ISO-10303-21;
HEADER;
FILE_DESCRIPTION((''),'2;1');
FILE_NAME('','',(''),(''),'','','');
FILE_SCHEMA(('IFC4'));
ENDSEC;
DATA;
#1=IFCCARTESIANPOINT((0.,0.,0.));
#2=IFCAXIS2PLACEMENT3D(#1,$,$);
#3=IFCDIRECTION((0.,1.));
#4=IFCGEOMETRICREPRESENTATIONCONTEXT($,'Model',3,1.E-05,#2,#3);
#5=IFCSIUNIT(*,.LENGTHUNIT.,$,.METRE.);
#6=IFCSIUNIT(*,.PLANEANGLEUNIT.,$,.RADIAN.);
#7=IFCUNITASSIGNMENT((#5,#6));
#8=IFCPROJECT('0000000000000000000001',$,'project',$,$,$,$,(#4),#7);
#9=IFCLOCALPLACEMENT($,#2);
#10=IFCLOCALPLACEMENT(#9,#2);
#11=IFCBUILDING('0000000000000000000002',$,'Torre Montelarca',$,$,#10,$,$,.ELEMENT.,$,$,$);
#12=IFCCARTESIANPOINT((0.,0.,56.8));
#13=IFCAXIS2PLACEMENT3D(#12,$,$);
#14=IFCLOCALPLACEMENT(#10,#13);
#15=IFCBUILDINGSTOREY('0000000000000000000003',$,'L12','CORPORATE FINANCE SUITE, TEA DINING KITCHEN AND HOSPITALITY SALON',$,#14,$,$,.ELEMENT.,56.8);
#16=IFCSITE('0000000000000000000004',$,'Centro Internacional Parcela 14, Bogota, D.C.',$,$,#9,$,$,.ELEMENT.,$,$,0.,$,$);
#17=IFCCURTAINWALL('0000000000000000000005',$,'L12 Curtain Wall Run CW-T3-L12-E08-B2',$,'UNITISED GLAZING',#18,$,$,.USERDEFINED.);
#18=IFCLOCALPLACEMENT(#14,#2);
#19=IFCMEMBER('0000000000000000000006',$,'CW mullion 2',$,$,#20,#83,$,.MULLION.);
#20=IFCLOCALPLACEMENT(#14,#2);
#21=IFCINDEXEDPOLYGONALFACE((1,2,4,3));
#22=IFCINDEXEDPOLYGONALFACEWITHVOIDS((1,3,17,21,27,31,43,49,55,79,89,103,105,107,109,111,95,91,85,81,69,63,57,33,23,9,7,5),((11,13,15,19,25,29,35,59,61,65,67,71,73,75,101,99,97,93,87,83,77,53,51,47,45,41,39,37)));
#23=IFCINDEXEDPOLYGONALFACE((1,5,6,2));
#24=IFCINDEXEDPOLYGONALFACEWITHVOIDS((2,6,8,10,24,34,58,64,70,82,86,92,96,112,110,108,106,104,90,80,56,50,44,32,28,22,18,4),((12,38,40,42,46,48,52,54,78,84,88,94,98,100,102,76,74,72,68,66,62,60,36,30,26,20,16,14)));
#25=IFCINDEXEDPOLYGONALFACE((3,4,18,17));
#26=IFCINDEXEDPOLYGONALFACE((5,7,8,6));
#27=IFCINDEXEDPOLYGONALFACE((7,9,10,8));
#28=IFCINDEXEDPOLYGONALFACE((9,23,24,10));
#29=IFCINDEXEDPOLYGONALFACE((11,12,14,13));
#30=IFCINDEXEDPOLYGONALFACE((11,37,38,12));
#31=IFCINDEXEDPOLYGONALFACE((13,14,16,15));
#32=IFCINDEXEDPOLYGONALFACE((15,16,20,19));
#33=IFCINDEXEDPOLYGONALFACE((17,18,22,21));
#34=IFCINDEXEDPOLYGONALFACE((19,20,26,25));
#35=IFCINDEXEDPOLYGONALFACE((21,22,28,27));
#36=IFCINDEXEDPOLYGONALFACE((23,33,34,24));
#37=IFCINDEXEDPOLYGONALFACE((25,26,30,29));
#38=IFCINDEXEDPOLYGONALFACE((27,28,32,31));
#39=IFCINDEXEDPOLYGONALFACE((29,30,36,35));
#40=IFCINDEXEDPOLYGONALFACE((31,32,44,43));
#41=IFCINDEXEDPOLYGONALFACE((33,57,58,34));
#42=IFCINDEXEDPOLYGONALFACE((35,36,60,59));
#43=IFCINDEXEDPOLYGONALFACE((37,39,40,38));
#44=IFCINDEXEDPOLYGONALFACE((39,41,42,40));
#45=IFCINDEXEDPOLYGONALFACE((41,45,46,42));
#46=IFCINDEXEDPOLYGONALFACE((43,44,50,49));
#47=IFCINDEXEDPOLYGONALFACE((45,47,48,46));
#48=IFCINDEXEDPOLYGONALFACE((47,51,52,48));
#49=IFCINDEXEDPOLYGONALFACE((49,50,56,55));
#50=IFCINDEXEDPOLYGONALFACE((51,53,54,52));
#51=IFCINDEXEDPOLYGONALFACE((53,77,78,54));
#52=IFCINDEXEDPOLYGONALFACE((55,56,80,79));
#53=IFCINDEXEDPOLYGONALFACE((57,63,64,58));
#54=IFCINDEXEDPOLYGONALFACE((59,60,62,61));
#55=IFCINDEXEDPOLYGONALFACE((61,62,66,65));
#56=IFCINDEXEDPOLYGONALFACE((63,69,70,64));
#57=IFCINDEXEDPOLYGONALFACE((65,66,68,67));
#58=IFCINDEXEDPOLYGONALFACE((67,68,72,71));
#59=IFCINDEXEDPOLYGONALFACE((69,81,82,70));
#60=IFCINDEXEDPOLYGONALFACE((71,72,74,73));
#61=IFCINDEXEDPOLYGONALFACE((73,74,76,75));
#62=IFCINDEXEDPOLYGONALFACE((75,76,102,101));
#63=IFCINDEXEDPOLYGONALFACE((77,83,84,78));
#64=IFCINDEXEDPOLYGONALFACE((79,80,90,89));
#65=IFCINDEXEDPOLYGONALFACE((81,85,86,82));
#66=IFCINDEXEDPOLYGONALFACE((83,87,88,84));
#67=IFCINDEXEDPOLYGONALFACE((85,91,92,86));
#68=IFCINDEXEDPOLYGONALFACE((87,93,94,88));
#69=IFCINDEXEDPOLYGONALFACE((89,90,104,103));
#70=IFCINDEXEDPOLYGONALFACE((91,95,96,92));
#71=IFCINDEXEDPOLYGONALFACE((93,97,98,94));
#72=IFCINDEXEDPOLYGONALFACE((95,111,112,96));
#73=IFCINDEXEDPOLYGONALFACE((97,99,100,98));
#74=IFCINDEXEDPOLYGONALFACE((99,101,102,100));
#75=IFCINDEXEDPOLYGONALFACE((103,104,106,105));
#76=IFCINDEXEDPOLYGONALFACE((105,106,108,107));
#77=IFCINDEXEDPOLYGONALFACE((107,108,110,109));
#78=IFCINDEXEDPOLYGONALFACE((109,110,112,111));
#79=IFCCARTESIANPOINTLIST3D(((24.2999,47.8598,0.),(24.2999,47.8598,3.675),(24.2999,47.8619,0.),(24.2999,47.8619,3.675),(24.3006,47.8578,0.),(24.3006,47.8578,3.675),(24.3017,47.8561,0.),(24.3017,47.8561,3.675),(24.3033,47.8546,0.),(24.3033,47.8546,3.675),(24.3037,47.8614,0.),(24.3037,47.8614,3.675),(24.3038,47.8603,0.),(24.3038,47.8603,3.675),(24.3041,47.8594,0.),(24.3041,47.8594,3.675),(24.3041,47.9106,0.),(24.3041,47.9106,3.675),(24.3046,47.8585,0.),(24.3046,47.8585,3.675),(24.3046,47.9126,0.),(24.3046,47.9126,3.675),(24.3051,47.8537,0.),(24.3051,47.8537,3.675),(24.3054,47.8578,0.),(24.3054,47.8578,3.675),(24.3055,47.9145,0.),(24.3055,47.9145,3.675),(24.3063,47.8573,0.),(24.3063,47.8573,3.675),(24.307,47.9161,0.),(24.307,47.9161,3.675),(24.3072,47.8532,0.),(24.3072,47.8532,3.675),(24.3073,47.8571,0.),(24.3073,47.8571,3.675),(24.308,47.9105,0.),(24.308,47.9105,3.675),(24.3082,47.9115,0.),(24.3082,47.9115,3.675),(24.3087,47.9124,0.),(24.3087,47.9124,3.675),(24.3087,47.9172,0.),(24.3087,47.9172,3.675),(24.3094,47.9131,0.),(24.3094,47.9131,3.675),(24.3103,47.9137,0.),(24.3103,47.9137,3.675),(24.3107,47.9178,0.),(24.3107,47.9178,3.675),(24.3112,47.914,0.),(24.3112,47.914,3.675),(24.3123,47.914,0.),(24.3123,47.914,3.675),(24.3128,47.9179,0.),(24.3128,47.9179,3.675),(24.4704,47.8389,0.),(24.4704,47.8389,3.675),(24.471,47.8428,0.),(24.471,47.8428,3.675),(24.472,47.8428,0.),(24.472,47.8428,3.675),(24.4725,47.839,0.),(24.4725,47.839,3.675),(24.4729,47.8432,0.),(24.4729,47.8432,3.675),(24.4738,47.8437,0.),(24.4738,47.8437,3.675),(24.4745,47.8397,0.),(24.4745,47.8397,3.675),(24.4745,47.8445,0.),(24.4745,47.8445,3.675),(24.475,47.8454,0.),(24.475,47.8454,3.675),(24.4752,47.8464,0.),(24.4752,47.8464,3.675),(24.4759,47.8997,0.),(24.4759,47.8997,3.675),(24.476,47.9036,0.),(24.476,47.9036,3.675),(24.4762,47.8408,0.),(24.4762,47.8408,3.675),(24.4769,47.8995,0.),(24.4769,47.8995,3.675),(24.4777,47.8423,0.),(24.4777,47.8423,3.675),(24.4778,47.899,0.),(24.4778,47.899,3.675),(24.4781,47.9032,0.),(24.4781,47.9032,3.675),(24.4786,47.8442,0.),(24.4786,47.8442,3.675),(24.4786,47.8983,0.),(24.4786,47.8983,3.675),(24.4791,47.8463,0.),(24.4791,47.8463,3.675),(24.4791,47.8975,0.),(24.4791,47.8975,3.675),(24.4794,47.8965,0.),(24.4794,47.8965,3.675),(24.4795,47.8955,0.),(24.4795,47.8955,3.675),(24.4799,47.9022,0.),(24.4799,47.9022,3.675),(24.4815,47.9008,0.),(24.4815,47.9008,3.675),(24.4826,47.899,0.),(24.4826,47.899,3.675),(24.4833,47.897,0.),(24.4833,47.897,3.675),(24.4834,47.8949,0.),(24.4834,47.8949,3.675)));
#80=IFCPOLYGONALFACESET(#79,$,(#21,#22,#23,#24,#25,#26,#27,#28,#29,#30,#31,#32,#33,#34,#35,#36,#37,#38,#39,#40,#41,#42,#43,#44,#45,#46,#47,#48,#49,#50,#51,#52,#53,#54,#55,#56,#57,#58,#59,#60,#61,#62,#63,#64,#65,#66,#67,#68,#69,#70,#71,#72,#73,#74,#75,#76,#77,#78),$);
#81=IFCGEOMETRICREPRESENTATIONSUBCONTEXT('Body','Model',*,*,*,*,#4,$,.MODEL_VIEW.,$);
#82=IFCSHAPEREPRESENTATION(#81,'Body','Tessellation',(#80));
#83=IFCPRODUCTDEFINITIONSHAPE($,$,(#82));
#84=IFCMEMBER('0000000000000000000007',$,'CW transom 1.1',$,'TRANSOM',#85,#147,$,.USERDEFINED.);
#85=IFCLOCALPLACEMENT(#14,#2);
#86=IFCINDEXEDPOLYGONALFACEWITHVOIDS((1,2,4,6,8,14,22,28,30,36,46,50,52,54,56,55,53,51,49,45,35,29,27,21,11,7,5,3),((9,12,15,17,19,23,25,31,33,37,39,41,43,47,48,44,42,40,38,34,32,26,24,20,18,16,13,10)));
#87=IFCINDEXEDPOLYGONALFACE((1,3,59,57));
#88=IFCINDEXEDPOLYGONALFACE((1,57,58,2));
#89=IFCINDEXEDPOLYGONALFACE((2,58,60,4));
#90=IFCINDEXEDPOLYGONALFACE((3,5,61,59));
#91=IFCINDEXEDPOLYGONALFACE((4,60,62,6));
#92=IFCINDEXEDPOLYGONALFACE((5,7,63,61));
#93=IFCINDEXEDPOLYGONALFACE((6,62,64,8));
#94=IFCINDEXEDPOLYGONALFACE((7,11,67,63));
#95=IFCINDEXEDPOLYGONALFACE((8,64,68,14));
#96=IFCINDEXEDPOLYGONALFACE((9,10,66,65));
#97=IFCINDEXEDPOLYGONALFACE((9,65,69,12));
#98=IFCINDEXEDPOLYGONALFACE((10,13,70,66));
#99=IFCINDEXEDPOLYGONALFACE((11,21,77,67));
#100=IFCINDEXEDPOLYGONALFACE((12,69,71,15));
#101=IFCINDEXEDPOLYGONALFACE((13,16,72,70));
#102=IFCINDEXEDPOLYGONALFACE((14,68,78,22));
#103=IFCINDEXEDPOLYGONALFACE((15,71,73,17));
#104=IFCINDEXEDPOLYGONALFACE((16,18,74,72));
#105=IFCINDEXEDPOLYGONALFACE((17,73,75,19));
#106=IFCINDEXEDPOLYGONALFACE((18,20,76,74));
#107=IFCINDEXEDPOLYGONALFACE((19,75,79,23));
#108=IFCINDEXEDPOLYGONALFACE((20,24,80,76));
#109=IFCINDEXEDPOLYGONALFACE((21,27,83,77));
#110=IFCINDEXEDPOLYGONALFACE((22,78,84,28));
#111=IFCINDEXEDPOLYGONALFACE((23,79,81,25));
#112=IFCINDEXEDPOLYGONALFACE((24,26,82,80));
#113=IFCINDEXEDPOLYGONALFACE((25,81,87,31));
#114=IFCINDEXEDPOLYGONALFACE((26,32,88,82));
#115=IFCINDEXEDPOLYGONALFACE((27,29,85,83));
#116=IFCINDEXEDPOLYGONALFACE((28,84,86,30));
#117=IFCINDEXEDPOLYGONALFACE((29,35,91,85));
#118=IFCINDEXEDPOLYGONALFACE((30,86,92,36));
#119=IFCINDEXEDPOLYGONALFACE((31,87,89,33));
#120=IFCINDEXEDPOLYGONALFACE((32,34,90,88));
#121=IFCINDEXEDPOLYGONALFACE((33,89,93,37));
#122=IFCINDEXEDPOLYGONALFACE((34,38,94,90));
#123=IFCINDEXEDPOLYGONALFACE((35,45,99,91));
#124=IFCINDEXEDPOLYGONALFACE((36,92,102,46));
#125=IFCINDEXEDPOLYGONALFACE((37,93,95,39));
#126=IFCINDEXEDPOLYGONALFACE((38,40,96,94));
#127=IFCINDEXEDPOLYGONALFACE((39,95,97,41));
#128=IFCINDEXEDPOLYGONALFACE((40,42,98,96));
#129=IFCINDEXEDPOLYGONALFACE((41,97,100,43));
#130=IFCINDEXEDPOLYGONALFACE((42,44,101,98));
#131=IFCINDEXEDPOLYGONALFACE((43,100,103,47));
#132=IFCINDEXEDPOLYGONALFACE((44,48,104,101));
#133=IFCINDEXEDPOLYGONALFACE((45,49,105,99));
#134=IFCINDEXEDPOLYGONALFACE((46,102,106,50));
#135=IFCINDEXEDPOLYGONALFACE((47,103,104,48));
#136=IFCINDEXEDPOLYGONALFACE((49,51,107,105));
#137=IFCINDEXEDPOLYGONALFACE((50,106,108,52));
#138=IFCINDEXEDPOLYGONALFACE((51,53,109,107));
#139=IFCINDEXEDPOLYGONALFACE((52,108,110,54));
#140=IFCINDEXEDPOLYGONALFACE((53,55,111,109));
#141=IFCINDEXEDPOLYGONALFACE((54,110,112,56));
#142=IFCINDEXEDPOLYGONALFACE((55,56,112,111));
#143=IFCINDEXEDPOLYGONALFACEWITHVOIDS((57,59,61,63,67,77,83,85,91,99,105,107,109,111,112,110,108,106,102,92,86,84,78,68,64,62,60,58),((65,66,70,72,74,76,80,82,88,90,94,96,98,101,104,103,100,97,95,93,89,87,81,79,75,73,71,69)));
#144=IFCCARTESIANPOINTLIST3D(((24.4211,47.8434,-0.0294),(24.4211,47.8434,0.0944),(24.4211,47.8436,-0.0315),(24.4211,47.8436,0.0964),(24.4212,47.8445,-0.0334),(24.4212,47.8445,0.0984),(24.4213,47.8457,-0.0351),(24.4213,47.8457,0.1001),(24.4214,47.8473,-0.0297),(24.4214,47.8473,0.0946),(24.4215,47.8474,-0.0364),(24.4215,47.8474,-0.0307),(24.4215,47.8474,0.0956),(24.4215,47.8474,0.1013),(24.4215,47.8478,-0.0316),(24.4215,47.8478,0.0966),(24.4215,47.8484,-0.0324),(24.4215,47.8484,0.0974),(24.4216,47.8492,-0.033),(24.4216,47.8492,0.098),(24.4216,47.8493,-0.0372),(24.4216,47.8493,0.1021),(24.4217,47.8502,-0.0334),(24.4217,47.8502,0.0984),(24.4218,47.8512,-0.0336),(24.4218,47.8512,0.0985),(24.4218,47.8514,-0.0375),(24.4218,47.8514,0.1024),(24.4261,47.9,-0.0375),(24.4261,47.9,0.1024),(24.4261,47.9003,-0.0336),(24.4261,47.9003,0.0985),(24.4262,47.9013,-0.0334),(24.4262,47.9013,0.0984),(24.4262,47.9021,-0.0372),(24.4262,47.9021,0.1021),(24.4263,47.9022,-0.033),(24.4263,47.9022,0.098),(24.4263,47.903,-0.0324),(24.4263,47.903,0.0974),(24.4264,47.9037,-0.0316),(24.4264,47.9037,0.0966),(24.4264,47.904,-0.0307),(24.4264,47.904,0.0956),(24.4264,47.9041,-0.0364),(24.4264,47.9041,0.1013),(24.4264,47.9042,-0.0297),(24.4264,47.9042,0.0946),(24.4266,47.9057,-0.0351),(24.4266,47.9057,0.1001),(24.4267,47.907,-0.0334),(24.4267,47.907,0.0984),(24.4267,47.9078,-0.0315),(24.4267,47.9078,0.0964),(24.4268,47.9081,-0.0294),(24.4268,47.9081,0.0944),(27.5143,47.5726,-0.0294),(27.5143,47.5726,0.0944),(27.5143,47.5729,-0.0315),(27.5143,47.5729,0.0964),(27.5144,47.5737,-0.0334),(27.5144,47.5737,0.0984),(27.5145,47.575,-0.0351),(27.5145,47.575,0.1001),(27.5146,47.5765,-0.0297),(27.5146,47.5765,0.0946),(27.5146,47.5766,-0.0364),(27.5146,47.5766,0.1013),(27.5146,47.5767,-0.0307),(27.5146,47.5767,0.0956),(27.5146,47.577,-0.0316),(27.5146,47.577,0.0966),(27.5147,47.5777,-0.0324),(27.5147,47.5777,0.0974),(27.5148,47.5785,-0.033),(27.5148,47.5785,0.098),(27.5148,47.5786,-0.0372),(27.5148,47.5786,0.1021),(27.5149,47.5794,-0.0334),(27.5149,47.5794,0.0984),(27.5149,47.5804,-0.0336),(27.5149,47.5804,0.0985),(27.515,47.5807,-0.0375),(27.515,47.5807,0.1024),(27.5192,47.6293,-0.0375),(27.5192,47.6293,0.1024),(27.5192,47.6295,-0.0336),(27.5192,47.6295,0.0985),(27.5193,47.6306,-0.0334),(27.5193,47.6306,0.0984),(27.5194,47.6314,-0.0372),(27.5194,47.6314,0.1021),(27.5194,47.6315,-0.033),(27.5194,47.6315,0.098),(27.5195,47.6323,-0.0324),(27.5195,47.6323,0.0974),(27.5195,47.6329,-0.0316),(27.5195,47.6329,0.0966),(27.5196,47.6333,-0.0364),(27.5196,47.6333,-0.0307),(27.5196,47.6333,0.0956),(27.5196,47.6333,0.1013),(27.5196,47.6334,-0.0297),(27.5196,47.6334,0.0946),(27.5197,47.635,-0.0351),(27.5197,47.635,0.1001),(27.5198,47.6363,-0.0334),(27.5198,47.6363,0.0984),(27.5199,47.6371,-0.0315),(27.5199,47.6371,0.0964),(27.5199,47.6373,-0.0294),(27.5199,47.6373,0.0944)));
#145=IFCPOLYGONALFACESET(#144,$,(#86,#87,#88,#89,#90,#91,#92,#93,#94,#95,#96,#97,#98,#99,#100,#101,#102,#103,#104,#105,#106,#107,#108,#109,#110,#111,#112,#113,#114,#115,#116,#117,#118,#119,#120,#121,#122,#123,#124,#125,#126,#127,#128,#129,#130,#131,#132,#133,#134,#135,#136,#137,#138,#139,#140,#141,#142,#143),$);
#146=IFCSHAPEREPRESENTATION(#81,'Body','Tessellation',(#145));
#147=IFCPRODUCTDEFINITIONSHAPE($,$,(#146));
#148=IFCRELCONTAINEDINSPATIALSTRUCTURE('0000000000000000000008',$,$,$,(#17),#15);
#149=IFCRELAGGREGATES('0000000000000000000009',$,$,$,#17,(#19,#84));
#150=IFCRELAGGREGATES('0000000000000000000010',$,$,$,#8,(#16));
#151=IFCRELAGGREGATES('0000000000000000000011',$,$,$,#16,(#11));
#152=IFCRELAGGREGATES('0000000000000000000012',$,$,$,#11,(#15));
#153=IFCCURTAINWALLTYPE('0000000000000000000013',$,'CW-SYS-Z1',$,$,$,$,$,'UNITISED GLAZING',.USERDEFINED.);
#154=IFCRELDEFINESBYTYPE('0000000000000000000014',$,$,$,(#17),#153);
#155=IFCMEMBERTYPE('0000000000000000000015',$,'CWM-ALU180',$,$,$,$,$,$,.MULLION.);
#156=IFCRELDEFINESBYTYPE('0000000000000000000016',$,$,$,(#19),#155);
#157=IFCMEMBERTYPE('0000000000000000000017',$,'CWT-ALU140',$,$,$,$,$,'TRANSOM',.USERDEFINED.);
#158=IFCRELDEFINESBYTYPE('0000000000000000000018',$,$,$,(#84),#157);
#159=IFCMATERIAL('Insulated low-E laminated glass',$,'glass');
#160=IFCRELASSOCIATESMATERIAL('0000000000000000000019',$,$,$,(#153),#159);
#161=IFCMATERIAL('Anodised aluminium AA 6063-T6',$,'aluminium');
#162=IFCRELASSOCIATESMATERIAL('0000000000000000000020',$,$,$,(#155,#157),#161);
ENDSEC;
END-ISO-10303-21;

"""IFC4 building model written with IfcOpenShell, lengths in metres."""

from ifc_helpers import new_model, si_unit, direction, frame, origin, origin_2d, place, context, subcontext, project, spatial, hollow_rectangle, extrude, source, transform, mapped, material, material_profile, profile_set, type_object, element, aggregate, save


model = new_model("IFC4")

# Units and contexts
model_context = context("Model", 3, precision=1e-05, world=origin(), true_north=direction((0.0, 1.0)))
body_context = subcontext(model_context, "Body", "Model", "MODEL_VIEW")
ifc_project = project(units=[si_unit("LENGTHUNIT", "METRE"), si_unit("PLANEANGLEUNIT", "RADIAN")], contexts=[model_context])

# Site, building, storey
site_placement = place(None, origin())
site = spatial("IfcSite", under=ifc_project, at=site_placement, Name="Centro Internacional Parcela 14, Bogota, D.C.", CompositionType="ELEMENT", RefElevation=0.0)
building_placement = place(site_placement, origin())
building = spatial("IfcBuilding", under=site, at=building_placement, Name="Torre Montelarca", CompositionType="ELEMENT")
storey_placement = place(building_placement, frame((0.0, 0.0, 56.8)))
storey = spatial("IfcBuildingStorey", under=building, at=storey_placement, Name="L12", Description="CORPORATE FINANCE SUITE, TEA DINING KITCHEN AND HOSPITALITY SALON", CompositionType="ELEMENT", Elevation=56.8)

# Curtain wall, members
ifc_material_1 = material(Name="Insulated low-E laminated glass", Category="glass")
curtain_wall_type = type_object("IfcCurtainWallType", Name="CW-SYS-Z1", ElementType="UNITISED GLAZING", PredefinedType="USERDEFINED", material=ifc_material_1)
ifc_material_2 = material(Name="Anodised aluminium AA 6063-T6", Category="aluminium")
ifc_material_profile_1 = material_profile(ifc_material_2, hollow_rectangle(XDim=0.0649, YDim=0.1799, WallThickness=0.0039, InnerFilletRadius=0.0039, OuterFilletRadius=0.0081, at=origin_2d()), Name="ALU65X180X4", Category="aluminium")
ifc_profile_set_1 = profile_set([ifc_material_profile_1], Name="Anodised aluminium AA 6063-T6")
member_type_1 = type_object("IfcMemberType", Name="CWM-ALU180", PredefinedType="MULLION", material=ifc_profile_set_1)
shared_shape_1 = source(origin(), body_context, "Body", "SweptSolid", [
    extrude(hollow_rectangle(XDim=0.0649, YDim=0.1799, WallThickness=0.0039, InnerFilletRadius=0.0039, OuterFilletRadius=0.0081, at=origin_2d()), origin(), (0.0, 0.0, 1.0), 3.675),
])
curtain_wall_1_placement = place(storey_placement, origin())
curtain_wall_1 = element("IfcCurtainWall", 1, at=curtain_wall_1_placement, inside=storey, type_object=curtain_wall_type, Name="L12 Curtain Wall Run CW-T3-L12-E08-B2", ObjectType="UNITISED GLAZING", PredefinedType="USERDEFINED")
member_1_placement = place(storey_placement, frame((24.3916, 47.8784, 0.0), z_axis=(0.0, 0.0, 1.0), x_axis=(-0.087165, -0.996194, 0.0)))
member_1 = element("IfcMember", 2, at=member_1_placement, type_object=member_type_1, Name="CW mullion 2", PredefinedType="MULLION", context=body_context, shape_type="MappedRepresentation", body=[
    mapped(shared_shape_1, transform((0.0, 0.0, 0.0), scale=1.0)),
])
ifc_material_profile_2 = material_profile(ifc_material_2, hollow_rectangle(XDim=0.0649, YDim=0.1399, WallThickness=0.0039, InnerFilletRadius=0.0039, OuterFilletRadius=0.0081, at=origin_2d()), Name="ALU65X140X4", Category="aluminium")
ifc_profile_set_2 = profile_set([ifc_material_profile_2], Name="Anodised aluminium AA 6063-T6")
member_type_2 = type_object("IfcMemberType", Name="CWT-ALU140", ElementType="TRANSOM", PredefinedType="USERDEFINED", material=ifc_profile_set_2)
shared_shape_2 = source(origin(), body_context, "Body", "SweptSolid", [
    extrude(hollow_rectangle(XDim=0.0649, YDim=0.1399, WallThickness=0.0039, InnerFilletRadius=0.0039, OuterFilletRadius=0.0081, at=origin_2d()), origin(), (0.0, 0.0, 1.0), 3.105),
])
member_2_placement = place(storey_placement, frame((27.5171, 47.605, 0.0325), z_axis=(-0.996191, 0.087196, 0.0), x_axis=(-0.087196, -0.996191, 0.0)))
member_2 = element("IfcMember", 3, at=member_2_placement, type_object=member_type_2, Name="CW transom 1.1", ObjectType="TRANSOM", PredefinedType="USERDEFINED", context=body_context, shape_type="MappedRepresentation", body=[
    mapped(shared_shape_2, transform((0.0, 0.0, 0.0), scale=1.0)),
])

aggregate(curtain_wall_1, [member_1, member_2])

save(model, "model.ifc")
